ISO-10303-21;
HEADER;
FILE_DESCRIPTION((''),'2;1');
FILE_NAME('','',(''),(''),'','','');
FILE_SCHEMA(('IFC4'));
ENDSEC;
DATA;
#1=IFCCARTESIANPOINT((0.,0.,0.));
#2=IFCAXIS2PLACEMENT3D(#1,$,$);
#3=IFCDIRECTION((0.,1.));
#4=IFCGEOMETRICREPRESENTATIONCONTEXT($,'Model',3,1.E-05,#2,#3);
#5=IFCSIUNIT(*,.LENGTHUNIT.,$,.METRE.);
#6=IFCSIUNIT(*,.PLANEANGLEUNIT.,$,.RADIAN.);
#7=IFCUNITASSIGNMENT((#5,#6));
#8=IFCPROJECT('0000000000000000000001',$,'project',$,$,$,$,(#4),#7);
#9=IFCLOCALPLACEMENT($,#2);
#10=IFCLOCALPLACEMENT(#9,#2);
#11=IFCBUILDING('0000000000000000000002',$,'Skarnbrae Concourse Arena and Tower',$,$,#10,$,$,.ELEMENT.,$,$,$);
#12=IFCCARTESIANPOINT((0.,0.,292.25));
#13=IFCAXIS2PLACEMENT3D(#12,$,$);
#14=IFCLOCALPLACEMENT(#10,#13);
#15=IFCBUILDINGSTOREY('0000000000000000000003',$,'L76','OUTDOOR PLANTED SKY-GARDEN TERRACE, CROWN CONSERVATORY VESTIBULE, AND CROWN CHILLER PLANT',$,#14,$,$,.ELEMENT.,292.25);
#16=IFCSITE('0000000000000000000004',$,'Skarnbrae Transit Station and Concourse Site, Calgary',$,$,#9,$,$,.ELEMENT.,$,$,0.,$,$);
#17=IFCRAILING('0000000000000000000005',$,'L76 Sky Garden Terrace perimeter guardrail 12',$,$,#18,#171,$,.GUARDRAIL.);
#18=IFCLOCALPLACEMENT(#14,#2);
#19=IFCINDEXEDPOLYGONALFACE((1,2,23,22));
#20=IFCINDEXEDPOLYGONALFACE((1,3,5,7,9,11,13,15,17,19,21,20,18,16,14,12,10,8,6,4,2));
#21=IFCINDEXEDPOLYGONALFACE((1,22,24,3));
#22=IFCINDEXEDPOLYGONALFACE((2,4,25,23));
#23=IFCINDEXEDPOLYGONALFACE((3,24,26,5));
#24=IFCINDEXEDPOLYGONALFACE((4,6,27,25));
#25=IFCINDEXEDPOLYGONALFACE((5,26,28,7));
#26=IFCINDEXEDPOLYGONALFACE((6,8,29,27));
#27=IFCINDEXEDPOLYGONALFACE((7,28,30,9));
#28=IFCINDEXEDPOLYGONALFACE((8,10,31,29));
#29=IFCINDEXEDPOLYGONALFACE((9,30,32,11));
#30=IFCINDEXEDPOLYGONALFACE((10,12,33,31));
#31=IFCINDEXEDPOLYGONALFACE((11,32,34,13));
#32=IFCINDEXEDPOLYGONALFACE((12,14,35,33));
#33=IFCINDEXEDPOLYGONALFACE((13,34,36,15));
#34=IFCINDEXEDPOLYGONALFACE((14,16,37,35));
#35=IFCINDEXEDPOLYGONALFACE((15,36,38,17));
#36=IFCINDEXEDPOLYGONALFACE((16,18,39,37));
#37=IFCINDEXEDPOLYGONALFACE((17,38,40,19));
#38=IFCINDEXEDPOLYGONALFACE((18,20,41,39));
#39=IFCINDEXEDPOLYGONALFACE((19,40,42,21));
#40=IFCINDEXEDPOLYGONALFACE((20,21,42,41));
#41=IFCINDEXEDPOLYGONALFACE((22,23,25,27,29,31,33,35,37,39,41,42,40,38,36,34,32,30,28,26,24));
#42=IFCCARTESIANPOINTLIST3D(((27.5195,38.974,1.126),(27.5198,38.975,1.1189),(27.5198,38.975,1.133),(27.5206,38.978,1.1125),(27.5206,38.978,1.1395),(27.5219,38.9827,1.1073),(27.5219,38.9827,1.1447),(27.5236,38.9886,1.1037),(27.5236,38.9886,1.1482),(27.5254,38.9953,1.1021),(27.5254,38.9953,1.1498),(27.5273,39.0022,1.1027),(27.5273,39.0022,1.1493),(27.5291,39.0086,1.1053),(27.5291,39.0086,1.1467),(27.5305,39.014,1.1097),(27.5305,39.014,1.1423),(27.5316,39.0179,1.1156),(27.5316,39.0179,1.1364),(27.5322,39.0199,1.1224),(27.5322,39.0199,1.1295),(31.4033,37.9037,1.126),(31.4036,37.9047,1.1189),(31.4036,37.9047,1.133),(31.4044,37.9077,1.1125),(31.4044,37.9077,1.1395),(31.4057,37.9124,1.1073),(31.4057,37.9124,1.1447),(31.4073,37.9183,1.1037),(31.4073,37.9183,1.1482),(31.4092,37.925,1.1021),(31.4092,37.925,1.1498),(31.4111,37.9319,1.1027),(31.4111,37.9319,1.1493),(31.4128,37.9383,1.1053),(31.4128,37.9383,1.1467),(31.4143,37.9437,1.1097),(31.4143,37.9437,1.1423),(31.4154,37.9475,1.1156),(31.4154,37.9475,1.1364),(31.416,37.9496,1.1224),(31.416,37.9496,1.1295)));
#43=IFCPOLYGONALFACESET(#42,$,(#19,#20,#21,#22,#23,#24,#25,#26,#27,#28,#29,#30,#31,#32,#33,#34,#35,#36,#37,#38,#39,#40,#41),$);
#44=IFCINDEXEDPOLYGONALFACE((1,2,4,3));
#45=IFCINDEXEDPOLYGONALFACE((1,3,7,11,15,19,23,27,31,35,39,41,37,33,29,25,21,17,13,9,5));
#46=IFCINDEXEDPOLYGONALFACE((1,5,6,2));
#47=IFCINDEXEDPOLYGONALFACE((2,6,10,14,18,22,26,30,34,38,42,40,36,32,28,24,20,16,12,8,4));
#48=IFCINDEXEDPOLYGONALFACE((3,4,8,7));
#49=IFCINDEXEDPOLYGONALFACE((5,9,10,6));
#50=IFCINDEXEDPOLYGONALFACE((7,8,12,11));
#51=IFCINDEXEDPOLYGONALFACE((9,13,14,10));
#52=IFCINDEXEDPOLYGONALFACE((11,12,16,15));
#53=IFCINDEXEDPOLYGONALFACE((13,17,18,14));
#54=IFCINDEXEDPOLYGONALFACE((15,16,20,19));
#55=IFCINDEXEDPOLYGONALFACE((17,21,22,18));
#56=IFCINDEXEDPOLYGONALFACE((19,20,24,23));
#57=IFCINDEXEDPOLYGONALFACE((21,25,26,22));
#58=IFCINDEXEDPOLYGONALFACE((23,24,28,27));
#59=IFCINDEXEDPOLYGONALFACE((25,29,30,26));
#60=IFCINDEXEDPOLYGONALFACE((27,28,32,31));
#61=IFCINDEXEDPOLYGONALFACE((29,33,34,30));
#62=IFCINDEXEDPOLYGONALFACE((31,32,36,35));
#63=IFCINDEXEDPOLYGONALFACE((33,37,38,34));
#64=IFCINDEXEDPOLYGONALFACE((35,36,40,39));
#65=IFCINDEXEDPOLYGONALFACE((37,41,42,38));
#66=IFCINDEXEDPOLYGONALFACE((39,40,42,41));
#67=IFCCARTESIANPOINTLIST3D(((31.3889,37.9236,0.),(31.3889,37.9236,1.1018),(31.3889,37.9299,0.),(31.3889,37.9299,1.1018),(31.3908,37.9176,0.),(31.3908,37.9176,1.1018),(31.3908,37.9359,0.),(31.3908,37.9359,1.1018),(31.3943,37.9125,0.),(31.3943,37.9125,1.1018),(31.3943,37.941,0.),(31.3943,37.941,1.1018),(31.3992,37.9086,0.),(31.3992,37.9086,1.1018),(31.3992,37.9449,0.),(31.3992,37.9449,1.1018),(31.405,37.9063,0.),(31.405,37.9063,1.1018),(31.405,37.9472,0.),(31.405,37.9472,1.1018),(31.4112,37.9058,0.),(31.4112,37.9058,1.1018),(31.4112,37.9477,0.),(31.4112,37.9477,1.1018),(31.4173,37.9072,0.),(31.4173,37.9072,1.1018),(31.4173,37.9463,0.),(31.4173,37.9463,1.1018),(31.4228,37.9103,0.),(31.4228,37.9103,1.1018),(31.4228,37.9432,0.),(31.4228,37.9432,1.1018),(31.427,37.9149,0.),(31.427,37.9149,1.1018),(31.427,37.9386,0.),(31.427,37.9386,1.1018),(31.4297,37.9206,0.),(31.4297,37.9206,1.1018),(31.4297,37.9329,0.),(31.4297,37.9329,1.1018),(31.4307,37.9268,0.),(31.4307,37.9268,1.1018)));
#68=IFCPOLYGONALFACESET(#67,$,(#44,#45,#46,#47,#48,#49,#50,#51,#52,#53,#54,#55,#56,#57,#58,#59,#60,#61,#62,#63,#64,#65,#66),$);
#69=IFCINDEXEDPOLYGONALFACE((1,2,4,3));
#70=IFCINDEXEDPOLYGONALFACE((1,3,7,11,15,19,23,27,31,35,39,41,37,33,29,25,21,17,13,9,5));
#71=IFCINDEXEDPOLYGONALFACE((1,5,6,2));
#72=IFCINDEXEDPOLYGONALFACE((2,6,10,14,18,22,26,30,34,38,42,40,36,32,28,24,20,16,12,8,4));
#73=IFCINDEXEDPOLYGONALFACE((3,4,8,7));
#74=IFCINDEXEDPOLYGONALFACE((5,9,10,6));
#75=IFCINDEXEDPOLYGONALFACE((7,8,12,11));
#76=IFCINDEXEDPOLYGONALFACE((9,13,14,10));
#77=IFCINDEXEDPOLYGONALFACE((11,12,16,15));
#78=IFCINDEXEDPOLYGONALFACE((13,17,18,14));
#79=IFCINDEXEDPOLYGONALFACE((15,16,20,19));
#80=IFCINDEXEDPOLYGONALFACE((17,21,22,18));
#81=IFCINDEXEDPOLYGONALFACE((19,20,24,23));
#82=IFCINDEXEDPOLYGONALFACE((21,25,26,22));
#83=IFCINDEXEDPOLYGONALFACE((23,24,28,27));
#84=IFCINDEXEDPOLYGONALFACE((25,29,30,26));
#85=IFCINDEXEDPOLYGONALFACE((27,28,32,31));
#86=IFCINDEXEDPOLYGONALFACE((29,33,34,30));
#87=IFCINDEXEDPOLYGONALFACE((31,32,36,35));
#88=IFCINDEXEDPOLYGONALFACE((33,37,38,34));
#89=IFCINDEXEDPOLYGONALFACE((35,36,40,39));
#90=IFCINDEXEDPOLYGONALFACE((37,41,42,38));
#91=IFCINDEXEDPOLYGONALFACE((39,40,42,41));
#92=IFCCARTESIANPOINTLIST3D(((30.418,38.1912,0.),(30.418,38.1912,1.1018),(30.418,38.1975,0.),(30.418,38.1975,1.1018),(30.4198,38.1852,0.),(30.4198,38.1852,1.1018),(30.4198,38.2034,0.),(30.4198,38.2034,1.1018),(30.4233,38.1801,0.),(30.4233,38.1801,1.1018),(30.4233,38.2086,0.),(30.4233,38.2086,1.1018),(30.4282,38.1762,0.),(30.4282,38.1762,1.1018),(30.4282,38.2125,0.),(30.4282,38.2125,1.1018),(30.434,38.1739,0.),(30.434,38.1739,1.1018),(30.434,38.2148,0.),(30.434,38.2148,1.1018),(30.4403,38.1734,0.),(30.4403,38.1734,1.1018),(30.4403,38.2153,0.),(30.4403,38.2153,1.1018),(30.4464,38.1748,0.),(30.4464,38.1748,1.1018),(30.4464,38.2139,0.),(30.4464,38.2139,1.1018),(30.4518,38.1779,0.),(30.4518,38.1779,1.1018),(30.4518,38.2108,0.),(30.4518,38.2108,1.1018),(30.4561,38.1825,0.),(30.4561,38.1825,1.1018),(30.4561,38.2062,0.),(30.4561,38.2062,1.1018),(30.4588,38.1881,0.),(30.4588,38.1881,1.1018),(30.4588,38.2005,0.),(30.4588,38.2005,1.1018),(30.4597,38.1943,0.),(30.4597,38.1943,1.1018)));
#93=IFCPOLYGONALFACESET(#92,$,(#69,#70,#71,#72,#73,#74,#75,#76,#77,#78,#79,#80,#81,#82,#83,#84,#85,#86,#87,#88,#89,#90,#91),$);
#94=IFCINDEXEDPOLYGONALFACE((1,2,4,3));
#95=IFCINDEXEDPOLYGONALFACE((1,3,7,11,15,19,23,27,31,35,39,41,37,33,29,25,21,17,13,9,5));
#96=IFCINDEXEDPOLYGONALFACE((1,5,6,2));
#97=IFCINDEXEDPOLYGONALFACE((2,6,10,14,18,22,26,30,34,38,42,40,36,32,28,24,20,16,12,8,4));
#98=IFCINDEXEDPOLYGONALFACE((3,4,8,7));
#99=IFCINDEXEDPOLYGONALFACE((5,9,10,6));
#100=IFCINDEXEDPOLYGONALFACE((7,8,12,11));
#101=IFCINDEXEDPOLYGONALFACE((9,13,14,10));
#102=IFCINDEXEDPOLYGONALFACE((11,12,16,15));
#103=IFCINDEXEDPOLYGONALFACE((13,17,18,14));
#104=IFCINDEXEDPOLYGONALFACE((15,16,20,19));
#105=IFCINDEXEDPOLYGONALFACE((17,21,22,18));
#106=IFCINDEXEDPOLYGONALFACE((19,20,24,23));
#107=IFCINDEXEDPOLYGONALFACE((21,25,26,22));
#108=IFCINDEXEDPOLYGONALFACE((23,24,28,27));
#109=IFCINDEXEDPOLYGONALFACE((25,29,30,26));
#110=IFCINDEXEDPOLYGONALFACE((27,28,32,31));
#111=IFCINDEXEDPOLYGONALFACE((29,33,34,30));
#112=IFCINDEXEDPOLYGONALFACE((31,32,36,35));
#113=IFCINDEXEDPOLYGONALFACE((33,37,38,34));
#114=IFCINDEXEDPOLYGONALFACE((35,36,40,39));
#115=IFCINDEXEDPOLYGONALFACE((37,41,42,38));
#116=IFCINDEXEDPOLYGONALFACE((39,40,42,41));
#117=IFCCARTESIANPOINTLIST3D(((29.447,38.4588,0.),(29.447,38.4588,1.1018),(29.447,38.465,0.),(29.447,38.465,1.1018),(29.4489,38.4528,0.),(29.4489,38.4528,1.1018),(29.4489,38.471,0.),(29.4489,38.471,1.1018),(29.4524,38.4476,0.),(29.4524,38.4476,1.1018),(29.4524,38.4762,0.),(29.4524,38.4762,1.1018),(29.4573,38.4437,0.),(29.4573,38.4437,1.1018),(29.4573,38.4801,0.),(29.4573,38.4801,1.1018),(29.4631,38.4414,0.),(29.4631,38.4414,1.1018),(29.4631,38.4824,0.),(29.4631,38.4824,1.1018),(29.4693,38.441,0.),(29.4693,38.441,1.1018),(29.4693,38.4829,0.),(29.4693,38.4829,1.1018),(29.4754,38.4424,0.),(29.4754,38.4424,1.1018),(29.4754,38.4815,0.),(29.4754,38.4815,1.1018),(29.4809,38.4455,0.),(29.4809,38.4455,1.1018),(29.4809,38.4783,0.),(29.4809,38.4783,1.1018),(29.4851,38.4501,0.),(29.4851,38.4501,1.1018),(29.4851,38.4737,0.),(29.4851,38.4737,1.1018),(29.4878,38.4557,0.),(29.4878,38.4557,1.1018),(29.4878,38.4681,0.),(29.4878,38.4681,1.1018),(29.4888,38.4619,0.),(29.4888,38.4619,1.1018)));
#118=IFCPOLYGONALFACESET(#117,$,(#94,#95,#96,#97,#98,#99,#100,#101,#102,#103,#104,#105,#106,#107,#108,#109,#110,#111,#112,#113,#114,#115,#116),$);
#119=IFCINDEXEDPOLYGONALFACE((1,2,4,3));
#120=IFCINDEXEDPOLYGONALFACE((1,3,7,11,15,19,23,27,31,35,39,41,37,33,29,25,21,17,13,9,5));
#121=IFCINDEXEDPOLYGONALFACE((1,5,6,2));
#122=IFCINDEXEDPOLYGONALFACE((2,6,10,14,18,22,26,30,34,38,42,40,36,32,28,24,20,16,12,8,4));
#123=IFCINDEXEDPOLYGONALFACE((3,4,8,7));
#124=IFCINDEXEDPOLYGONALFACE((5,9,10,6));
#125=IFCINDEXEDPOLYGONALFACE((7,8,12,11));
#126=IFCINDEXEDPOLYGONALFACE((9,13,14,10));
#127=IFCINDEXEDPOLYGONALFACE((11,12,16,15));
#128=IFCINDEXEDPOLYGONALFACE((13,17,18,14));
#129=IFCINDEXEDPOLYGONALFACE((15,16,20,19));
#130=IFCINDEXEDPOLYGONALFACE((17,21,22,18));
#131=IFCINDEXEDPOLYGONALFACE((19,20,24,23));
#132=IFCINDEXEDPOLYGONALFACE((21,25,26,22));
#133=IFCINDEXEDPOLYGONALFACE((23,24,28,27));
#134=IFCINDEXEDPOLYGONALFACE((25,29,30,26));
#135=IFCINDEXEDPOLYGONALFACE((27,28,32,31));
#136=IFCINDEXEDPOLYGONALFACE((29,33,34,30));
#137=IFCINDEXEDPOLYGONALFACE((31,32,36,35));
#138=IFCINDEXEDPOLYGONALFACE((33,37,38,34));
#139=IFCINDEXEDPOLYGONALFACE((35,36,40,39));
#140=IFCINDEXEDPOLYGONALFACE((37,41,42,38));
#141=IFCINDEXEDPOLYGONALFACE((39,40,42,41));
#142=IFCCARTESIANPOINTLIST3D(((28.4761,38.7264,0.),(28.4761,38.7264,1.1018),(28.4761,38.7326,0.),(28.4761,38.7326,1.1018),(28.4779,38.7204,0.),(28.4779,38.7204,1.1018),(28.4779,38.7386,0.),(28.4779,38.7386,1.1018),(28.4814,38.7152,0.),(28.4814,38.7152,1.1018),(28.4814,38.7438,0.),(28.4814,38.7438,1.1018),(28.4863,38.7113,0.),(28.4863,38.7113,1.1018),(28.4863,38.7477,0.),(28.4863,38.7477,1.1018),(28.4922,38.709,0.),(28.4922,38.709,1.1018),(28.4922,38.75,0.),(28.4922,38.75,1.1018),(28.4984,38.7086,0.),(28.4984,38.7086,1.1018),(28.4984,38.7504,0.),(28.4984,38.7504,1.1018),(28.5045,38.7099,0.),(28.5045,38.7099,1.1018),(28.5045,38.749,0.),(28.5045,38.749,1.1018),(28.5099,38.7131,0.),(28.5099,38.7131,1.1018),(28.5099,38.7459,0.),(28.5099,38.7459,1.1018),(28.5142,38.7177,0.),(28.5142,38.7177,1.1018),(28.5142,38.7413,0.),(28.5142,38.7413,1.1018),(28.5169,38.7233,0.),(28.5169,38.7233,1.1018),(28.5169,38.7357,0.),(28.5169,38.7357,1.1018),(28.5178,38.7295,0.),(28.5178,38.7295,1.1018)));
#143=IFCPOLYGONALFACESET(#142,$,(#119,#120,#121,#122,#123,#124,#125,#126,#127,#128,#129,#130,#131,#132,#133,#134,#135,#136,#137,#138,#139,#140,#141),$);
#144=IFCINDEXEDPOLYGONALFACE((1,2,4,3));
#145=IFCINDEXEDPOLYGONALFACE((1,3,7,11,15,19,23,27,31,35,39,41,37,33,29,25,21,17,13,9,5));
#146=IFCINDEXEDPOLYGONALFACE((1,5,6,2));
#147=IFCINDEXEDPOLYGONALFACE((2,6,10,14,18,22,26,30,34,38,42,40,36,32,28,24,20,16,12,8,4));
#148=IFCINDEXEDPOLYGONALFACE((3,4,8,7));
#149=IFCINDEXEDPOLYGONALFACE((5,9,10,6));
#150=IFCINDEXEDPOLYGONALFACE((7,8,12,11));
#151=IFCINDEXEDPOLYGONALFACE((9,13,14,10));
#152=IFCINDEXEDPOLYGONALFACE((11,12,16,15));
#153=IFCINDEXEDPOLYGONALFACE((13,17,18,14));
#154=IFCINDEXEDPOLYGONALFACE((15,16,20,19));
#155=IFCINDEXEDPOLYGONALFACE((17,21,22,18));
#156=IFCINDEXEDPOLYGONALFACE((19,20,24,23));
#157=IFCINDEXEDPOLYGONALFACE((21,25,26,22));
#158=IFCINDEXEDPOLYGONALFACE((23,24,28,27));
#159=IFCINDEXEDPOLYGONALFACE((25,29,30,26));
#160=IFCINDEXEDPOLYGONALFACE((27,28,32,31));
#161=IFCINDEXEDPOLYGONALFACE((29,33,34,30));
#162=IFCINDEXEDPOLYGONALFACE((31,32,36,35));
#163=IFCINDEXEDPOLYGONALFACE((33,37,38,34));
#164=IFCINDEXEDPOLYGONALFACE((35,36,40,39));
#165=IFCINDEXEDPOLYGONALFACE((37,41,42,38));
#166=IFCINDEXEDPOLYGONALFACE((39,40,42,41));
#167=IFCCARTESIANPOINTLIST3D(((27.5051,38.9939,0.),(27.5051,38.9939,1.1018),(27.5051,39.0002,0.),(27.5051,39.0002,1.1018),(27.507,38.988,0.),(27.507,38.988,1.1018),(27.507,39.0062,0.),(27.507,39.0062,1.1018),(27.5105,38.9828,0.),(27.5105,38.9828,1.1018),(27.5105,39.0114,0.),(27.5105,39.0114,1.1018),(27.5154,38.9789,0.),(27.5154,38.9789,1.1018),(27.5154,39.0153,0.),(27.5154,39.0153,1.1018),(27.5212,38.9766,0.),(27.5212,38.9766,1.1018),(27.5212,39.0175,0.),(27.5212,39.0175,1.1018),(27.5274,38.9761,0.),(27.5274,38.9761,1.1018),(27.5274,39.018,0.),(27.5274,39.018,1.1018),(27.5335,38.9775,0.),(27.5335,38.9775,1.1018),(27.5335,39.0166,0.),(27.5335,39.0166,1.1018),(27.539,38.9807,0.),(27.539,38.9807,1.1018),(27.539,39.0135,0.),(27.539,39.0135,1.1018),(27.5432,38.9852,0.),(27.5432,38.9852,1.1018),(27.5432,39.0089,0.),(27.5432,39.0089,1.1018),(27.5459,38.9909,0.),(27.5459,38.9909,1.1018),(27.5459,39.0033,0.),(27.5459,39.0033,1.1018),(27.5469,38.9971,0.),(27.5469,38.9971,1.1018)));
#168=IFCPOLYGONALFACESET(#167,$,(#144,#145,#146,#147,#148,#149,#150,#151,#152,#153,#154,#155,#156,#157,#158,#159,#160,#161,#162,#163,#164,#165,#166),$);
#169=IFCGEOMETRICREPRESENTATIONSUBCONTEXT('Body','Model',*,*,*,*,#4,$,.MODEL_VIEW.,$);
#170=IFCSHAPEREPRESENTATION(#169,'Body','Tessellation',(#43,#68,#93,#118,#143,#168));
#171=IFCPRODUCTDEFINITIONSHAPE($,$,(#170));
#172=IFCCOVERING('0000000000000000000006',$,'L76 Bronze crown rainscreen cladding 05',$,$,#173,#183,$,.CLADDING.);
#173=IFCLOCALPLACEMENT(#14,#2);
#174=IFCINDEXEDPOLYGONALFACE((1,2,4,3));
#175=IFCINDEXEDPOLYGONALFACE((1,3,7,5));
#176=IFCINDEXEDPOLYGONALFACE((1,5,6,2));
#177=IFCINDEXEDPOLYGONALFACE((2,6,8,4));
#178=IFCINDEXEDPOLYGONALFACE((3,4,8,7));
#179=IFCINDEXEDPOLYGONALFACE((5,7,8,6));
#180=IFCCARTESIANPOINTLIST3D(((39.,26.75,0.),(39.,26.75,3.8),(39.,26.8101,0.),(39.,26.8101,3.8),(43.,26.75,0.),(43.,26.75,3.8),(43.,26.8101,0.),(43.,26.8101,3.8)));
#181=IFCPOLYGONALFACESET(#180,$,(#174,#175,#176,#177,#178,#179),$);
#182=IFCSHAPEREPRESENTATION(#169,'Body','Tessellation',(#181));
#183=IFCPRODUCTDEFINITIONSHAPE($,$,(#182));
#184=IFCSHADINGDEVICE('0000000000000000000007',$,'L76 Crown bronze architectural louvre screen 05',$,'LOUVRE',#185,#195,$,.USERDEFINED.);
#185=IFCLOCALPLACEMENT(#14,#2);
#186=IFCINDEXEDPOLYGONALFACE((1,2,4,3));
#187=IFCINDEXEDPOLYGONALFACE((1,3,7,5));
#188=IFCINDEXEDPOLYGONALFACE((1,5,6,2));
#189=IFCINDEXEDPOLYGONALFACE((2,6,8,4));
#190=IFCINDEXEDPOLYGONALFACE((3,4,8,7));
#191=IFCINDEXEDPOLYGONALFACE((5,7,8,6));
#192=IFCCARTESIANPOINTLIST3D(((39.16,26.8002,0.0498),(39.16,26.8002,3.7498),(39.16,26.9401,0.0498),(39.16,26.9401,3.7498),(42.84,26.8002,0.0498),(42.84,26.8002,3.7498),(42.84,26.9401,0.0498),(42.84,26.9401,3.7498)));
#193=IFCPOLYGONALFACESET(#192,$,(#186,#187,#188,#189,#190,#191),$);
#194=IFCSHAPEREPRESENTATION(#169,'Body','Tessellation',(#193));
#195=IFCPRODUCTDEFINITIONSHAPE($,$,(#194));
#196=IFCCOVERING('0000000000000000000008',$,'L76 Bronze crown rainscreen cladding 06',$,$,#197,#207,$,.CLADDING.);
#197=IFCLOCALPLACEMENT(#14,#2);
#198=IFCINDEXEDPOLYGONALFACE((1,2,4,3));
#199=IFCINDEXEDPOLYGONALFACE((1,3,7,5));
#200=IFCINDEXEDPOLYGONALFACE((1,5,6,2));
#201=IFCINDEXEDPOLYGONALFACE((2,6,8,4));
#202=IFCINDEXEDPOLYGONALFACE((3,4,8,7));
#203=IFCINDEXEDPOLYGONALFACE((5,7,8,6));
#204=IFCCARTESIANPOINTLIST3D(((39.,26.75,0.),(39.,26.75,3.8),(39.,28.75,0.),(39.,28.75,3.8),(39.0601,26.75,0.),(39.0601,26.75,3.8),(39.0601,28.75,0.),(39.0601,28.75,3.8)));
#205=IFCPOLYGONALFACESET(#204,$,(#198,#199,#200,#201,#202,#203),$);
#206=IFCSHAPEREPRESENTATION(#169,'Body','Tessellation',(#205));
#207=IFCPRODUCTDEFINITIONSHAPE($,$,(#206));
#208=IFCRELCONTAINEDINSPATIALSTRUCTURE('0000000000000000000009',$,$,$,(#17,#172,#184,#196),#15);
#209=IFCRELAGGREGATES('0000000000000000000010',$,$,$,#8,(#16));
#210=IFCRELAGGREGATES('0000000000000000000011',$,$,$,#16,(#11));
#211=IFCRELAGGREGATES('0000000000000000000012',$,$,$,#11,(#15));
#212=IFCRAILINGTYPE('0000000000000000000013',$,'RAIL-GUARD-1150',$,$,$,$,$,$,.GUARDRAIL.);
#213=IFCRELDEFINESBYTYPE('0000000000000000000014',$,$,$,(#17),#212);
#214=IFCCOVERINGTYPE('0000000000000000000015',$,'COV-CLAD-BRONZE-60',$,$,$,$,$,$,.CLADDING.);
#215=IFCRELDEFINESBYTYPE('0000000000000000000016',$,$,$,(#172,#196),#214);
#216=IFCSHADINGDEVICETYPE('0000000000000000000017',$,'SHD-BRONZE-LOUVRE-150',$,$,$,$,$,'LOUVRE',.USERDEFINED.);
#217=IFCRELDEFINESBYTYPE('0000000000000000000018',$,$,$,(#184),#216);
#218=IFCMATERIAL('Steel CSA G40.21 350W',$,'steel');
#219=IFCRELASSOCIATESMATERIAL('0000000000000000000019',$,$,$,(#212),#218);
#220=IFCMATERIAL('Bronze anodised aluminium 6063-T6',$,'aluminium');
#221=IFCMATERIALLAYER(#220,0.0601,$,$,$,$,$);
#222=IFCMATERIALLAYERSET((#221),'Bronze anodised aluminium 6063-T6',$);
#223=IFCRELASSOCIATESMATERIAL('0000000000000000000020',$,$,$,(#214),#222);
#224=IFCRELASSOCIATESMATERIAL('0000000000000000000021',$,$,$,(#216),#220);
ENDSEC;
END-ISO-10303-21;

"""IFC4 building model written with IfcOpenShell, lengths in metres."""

from ifc_helpers import new_model, si_unit, direction, frame, origin, origin_2d, place, context, subcontext, project, spatial, rectangle, circle, extrude, source, transform, mapped, material, layer, layer_set, type_object, element, save


model = new_model("IFC4")

# Units and contexts
model_context = context("Model", 3, precision=1e-05, world=origin(), true_north=direction((0.0, 1.0)))
body_context = subcontext(model_context, "Body", "Model", "MODEL_VIEW")
ifc_project = project(units=[si_unit("LENGTHUNIT", "METRE"), si_unit("PLANEANGLEUNIT", "RADIAN")], contexts=[model_context])

# Site, building, storey
site_placement = place(None, origin())
site = spatial("IfcSite", under=ifc_project, at=site_placement, Name="Skarnbrae Transit Station and Concourse Site, Calgary", CompositionType="ELEMENT", RefElevation=0.0)
building_placement = place(site_placement, origin())
building = spatial("IfcBuilding", under=site, at=building_placement, Name="Skarnbrae Concourse Arena and Tower", CompositionType="ELEMENT")
storey_placement = place(building_placement, frame((0.0, 0.0, 292.25)))
storey = spatial("IfcBuildingStorey", under=building, at=storey_placement, Name="L76", Description="OUTDOOR PLANTED SKY-GARDEN TERRACE, CROWN CONSERVATORY VESTIBULE, AND CROWN CHILLER PLANT", CompositionType="ELEMENT", Elevation=292.25)

# Shared definitions
ifc_material_1 = material(Name="Steel CSA G40.21 350W", Category="steel")

# Shared definitions
ifc_material_2 = material(Name="Bronze anodised aluminium 6063-T6", Category="aluminium")

# Railing
railing_type = type_object("IfcRailingType", Name="RAIL-GUARD-1150", PredefinedType="GUARDRAIL", material=ifc_material_1)
railing_1_placement = place(storey_placement, frame((31.4097, 37.9268, 0.0)))
element("IfcRailing", 1, at=railing_1_placement, inside=storey, type_object=railing_type, Name="L76 Sky Garden Terrace perimeter guardrail 12", PredefinedType="GUARDRAIL", context=body_context, shape_type="SweptSolid", body=[
    extrude(circle(Radius=0.0239, at=origin_2d()), frame((0.0, 0.0, 1.126), z_axis=(-0.964061, 0.26568, 0.0), x_axis=(-0.26568, -0.964061, 0.0)), (0.0, 0.0, 1.0), 4.0286),
    extrude(circle(Radius=0.021, at=origin_2d()), origin(), (0.0, 0.0, 1.0), 1.1018),
    extrude(circle(Radius=0.021, at=origin_2d()), frame((-0.9709, 0.2676, 0.0)), (0.0, 0.0, 1.0), 1.1018),
    extrude(circle(Radius=0.021, at=origin_2d()), frame((-1.9419, 0.5352, 0.0)), (0.0, 0.0, 1.0), 1.1018),
    extrude(circle(Radius=0.021, at=origin_2d()), frame((-2.9128, 0.8027, 0.0)), (0.0, 0.0, 1.0), 1.1018),
    extrude(circle(Radius=0.021, at=origin_2d()), frame((-3.8838, 1.0703, 0.0)), (0.0, 0.0, 1.0), 1.1018),
])

# Covering
ifc_layer_1 = layer(ifc_material_2, 0.0601)
ifc_layer_set_1 = layer_set([ifc_layer_1], Name="Bronze anodised aluminium 6063-T6")
covering_type = type_object("IfcCoveringType", Name="COV-CLAD-BRONZE-60", PredefinedType="CLADDING", material=ifc_layer_set_1)
shared_shape_1 = source(origin(), body_context, "Body", "SweptSolid", [
    extrude(rectangle(XDim=4.0, YDim=0.0601, at=origin_2d()), origin(), (0.0, 0.0, 1.0), 3.8),
])
covering_1_placement = place(storey_placement, frame((41.0, 26.78, 0.0), z_axis=(0.0, 0.0, 1.0), x_axis=(-1.0, 0.0, 0.0)))
element("IfcCovering", 2, at=covering_1_placement, inside=storey, type_object=covering_type, Name="L76 Bronze crown rainscreen cladding 05", PredefinedType="CLADDING", context=body_context, shape_type="MappedRepresentation", body=[
    mapped(shared_shape_1, transform((0.0, 0.0, 0.0))),
])

# Shading device
shading_device_type = type_object("IfcShadingDeviceType", Name="SHD-BRONZE-LOUVRE-150", ElementType="LOUVRE", PredefinedType="USERDEFINED", material=ifc_material_2)
shared_shape_2 = source(origin(), body_context, "Body", "SweptSolid", [
    extrude(rectangle(XDim=3.6799, YDim=0.1399, at=origin_2d()), origin(), (0.0, 0.0, 1.0), 3.7),
])
shading_device_1_placement = place(storey_placement, frame((41.0, 26.8701, 0.0498), z_axis=(0.0, 0.0, 1.0), x_axis=(-1.0, 0.0, 0.0)))
element("IfcShadingDevice", 3, at=shading_device_1_placement, inside=storey, type_object=shading_device_type, Name="L76 Crown bronze architectural louvre screen 05", ObjectType="LOUVRE", PredefinedType="USERDEFINED", context=body_context, shape_type="MappedRepresentation", body=[
    mapped(shared_shape_2, transform((0.0, 0.0, 0.0))),
])

# Covering
shared_shape_3 = source(origin(), body_context, "Body", "SweptSolid", [
    extrude(rectangle(XDim=2.0, YDim=0.0601, at=origin_2d()), origin(), (0.0, 0.0, 1.0), 3.8),
])
covering_2_placement = place(storey_placement, frame((39.03, 27.75, 0.0), z_axis=(0.0, 0.0, 1.0), x_axis=(0.0, 1.0, 0.0)))
element("IfcCovering", 4, at=covering_2_placement, inside=storey, type_object=covering_type, Name="L76 Bronze crown rainscreen cladding 06", PredefinedType="CLADDING", context=body_context, shape_type="MappedRepresentation", body=[
    mapped(shared_shape_3, transform((0.0, 0.0, 0.0))),
])

save(model, "model.ifc")
